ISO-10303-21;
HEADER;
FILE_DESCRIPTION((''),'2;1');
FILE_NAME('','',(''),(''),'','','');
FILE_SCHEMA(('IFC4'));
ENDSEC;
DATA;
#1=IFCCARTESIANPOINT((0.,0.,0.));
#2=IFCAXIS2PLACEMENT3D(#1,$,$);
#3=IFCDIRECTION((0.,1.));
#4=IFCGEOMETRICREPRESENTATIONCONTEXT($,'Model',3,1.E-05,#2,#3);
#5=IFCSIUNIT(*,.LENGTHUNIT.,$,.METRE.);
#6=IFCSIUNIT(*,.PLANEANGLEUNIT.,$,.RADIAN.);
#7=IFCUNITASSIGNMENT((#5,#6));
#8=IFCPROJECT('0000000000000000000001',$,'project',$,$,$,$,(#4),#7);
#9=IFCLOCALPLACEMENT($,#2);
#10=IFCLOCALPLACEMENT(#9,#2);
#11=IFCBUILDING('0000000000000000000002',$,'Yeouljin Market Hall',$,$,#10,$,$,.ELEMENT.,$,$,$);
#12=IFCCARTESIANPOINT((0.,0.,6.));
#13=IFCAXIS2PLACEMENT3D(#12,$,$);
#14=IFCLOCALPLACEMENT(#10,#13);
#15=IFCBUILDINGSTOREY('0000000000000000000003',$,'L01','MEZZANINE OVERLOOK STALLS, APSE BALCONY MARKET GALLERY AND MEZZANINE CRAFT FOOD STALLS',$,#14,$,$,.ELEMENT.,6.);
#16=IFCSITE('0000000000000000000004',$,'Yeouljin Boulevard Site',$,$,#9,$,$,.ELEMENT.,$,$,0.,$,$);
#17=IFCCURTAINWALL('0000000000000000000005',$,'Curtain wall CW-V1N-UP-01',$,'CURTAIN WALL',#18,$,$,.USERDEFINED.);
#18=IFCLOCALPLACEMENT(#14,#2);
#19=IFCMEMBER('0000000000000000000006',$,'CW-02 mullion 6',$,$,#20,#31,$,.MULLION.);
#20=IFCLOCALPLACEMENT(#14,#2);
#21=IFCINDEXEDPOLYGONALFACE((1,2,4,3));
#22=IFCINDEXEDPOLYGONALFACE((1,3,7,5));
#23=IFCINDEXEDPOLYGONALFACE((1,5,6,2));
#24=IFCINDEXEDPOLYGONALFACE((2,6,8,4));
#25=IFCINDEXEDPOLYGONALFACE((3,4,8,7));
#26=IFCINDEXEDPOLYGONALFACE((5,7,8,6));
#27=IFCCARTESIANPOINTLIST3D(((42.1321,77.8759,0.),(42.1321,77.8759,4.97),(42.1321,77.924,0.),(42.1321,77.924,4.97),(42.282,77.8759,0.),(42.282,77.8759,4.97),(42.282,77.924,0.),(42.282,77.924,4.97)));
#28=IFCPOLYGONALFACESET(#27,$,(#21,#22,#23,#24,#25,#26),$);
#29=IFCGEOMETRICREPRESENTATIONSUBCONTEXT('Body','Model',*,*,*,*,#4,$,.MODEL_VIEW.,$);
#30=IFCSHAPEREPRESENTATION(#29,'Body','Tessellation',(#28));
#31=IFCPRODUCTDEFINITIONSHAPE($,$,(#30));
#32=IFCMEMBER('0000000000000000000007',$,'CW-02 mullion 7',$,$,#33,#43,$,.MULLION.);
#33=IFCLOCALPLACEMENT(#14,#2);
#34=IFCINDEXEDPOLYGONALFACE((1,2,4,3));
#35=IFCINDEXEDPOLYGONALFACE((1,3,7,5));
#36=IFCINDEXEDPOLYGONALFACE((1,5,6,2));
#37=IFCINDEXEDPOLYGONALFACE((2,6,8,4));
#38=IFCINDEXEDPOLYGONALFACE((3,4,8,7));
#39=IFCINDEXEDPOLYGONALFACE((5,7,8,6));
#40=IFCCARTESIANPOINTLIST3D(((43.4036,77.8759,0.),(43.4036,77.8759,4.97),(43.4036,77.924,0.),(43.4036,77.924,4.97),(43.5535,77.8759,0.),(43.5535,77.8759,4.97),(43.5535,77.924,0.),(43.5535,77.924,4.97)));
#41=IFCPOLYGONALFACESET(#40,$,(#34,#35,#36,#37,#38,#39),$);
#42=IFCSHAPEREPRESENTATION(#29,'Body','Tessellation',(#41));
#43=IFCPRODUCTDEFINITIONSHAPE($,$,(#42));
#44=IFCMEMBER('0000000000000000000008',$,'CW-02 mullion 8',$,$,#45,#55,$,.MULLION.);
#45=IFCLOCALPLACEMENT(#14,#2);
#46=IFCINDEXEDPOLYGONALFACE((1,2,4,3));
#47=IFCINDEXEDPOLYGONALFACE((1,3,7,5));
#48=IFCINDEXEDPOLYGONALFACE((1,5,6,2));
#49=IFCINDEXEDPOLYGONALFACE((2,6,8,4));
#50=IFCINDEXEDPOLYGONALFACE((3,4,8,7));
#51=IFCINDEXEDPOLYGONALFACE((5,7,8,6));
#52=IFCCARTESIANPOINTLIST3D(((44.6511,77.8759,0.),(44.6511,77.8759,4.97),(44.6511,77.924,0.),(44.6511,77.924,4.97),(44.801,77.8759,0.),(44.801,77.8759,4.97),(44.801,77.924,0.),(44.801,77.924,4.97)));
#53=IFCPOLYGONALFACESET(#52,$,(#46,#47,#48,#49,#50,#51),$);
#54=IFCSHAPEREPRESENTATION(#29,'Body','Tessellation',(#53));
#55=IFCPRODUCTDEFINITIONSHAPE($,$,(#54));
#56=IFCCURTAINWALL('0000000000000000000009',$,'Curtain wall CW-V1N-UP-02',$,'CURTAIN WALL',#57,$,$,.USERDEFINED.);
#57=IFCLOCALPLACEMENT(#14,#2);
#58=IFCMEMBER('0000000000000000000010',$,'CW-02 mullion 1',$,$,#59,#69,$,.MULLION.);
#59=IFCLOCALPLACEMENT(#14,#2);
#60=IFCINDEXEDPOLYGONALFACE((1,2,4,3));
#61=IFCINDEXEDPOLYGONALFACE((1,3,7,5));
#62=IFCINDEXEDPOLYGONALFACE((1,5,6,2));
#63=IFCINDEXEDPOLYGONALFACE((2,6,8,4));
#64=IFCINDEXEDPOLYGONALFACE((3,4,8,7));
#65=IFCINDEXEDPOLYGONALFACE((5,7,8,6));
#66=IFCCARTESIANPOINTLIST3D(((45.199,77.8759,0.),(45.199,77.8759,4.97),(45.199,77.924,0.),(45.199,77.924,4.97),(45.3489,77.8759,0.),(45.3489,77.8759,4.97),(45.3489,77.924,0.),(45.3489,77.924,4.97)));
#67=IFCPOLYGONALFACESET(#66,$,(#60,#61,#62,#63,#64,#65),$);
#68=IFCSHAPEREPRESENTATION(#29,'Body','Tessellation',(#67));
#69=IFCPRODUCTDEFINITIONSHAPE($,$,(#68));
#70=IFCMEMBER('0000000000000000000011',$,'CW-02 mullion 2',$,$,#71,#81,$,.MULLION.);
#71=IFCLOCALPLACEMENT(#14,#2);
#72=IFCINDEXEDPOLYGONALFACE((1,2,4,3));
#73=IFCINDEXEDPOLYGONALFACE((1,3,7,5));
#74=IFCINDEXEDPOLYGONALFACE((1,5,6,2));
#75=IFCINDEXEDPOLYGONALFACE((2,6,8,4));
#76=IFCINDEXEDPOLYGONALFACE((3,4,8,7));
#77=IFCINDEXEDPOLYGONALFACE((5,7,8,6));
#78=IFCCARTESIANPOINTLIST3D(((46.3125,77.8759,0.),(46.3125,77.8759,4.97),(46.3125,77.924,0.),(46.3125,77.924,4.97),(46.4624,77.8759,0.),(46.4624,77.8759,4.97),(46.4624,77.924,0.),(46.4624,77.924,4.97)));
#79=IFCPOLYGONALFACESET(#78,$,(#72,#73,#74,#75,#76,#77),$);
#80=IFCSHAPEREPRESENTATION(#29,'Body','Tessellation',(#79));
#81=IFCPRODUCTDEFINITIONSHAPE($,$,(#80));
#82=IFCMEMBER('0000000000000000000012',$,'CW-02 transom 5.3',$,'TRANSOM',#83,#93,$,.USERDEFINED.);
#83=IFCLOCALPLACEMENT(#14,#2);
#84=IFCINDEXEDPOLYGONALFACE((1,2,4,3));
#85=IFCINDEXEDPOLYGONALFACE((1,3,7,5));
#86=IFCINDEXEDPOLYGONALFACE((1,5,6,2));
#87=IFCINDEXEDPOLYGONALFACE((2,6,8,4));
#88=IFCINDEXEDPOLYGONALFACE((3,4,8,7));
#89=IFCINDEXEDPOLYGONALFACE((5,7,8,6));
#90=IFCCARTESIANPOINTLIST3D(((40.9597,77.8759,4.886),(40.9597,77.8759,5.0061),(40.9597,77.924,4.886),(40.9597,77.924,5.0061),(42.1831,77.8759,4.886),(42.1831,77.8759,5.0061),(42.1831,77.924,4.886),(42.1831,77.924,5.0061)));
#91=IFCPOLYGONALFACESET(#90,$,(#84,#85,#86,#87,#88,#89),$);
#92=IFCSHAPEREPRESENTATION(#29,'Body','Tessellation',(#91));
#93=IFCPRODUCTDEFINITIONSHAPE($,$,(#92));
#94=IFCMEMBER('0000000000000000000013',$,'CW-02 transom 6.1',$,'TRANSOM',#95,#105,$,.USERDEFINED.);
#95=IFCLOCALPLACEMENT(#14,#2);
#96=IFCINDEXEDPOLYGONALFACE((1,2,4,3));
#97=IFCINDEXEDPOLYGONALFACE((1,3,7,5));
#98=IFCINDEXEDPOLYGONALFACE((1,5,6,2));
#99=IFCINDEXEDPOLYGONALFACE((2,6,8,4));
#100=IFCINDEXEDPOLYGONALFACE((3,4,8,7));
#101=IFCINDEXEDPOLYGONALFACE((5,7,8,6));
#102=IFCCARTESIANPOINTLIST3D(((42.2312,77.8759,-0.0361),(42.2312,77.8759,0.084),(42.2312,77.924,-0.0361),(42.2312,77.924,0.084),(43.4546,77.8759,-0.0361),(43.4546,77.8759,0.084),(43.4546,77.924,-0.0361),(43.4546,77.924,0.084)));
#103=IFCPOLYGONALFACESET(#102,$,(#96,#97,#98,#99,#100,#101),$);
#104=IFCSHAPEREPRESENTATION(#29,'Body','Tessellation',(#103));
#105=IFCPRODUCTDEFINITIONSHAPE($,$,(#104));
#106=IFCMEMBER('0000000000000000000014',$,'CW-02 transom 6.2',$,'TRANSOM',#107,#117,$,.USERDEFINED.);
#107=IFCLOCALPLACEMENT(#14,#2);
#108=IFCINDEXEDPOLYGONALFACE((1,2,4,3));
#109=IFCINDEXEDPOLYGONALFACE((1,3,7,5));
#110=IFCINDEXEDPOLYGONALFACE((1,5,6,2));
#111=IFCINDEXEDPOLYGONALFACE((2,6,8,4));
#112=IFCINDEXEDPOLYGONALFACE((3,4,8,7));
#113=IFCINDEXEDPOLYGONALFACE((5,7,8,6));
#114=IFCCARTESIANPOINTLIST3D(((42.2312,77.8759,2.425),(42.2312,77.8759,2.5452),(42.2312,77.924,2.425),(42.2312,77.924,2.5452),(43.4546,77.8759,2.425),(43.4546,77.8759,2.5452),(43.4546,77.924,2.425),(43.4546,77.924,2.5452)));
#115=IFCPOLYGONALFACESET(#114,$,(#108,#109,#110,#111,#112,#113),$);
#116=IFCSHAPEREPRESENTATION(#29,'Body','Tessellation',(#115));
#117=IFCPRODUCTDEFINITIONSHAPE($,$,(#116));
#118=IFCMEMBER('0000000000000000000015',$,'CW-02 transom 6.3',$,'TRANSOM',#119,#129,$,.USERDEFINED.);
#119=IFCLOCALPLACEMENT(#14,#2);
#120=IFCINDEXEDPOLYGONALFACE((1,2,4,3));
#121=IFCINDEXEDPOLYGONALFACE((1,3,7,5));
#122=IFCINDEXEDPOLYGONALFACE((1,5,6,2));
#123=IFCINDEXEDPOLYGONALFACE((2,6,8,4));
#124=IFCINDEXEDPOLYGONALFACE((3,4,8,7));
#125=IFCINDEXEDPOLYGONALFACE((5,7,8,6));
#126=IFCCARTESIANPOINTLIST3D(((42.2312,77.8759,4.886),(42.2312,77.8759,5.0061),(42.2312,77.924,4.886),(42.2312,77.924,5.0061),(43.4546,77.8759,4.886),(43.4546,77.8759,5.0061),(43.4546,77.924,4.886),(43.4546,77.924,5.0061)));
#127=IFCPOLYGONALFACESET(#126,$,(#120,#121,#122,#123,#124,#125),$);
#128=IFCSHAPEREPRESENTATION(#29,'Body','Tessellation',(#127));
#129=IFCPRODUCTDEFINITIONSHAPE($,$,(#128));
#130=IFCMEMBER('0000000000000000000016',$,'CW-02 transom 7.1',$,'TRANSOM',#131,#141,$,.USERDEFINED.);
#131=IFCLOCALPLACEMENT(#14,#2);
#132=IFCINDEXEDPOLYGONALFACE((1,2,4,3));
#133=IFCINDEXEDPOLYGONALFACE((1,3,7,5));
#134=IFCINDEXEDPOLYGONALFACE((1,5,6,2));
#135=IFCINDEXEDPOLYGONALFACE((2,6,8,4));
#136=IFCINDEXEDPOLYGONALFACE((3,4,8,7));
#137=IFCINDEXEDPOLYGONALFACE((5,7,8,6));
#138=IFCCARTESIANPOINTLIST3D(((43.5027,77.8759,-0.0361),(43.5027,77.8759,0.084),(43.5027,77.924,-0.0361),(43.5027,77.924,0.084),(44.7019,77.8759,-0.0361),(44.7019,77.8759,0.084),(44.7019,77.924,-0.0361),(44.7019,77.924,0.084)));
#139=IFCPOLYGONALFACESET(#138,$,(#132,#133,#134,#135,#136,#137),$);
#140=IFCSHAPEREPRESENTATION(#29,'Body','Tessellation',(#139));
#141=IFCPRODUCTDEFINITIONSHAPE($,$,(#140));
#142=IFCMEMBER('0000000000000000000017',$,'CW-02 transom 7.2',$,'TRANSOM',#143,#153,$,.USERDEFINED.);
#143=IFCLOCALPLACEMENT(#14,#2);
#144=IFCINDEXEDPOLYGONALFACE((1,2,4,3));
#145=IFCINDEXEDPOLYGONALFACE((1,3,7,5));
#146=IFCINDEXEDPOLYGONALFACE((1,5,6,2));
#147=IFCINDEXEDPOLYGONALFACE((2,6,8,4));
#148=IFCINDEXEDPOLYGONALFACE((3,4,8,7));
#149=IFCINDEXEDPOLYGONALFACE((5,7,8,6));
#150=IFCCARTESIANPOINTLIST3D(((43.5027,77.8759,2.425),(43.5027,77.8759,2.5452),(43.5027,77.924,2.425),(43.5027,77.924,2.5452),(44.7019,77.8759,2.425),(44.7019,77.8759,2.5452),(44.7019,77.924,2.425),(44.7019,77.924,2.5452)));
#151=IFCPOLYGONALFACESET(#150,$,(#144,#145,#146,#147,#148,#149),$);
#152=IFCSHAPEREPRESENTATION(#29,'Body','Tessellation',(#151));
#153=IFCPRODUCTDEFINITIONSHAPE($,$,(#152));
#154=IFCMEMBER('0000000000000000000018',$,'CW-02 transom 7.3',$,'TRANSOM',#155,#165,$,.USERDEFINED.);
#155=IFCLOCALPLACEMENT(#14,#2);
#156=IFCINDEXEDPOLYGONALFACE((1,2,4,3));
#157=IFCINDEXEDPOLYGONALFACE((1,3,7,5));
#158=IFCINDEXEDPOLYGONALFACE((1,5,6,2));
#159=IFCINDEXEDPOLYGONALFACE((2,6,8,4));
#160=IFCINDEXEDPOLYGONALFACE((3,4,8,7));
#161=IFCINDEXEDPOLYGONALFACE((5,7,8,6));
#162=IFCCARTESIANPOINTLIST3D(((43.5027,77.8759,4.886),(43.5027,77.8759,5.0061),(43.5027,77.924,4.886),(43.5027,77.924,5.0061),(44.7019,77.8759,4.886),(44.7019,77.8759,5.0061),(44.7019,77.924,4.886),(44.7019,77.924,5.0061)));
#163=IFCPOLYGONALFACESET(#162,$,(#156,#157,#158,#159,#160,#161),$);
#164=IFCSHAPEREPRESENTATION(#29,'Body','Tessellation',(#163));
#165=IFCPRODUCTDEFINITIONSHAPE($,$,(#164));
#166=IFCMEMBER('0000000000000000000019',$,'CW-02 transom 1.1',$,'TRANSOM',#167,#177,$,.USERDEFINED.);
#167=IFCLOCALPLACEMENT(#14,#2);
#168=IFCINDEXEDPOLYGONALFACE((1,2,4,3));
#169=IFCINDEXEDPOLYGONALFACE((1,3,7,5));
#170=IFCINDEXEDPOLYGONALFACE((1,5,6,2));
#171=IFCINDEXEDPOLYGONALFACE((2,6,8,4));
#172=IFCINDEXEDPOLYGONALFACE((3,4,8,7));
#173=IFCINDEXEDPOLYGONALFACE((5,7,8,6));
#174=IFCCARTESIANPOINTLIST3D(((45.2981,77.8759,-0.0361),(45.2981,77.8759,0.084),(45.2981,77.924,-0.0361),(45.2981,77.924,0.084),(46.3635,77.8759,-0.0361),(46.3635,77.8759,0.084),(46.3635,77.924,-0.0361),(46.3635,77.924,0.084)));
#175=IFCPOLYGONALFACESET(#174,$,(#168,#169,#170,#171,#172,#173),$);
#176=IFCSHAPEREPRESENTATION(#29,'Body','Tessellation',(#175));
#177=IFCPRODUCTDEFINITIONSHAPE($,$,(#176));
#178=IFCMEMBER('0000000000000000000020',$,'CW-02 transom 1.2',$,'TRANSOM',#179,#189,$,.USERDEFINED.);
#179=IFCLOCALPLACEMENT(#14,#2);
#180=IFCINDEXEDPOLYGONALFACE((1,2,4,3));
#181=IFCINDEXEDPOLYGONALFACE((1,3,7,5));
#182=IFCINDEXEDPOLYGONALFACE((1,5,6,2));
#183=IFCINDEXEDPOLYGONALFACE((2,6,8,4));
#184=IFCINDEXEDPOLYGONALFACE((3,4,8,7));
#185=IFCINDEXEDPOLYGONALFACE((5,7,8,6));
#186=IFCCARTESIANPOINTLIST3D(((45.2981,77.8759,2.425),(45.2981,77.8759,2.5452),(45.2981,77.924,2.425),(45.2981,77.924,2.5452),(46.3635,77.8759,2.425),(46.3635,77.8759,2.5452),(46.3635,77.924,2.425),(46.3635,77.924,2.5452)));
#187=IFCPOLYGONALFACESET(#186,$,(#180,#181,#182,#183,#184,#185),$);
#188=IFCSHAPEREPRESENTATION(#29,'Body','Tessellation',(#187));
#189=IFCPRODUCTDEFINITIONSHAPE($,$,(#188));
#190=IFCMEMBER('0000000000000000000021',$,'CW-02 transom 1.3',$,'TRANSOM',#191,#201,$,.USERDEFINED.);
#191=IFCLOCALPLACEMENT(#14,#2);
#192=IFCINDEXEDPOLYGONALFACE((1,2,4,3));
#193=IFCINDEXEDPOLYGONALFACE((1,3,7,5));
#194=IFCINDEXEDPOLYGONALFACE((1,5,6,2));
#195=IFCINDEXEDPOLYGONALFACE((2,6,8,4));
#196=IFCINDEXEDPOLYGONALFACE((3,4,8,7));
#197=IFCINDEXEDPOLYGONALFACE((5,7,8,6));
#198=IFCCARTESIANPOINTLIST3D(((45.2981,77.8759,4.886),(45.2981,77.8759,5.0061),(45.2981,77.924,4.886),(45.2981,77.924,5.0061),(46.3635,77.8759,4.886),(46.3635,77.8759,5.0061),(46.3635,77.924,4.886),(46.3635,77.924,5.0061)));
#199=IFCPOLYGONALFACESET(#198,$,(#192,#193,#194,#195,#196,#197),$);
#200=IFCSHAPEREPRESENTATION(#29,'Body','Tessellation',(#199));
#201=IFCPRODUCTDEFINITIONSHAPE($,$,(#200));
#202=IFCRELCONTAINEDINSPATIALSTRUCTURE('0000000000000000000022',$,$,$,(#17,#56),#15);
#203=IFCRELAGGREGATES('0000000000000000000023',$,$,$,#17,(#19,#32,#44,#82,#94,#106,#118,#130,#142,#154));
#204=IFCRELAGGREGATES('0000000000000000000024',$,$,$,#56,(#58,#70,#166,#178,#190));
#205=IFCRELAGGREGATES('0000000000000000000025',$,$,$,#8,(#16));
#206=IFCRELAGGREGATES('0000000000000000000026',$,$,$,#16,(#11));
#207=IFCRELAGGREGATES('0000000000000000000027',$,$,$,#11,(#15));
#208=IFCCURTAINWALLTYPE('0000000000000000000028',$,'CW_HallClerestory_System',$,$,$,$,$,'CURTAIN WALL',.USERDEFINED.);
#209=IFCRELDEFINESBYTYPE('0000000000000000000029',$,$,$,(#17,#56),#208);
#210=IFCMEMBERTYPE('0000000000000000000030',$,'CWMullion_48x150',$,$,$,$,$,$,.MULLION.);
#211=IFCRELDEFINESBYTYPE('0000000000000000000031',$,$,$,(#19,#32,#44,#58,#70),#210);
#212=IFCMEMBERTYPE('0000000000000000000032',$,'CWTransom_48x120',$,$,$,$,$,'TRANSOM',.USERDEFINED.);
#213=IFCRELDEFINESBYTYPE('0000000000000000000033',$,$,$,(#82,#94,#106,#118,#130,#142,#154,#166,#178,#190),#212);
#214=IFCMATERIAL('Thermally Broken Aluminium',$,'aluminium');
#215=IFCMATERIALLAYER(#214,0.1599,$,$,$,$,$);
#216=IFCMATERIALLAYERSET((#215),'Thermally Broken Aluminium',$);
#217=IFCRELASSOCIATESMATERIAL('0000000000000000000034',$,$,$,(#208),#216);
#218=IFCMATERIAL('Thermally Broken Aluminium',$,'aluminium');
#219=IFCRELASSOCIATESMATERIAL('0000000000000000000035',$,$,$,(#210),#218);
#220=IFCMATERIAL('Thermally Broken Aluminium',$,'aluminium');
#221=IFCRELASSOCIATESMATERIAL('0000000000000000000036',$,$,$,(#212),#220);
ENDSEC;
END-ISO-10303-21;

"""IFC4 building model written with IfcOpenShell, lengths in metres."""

from ifc_helpers import new_model, si_unit, direction, frame, origin, origin_2d, place, context, subcontext, project, spatial, rectangle, extrude, material, layer, layer_set, material_profile, profile_set, type_object, element, aggregate, save


model = new_model("IFC4")

# Units and contexts
model_context = context("Model", 3, precision=1e-05, world=origin(), true_north=direction((0.0, 1.0)))
body_context = subcontext(model_context, "Body", "Model", "MODEL_VIEW")
ifc_project = project(units=[si_unit("LENGTHUNIT", "METRE"), si_unit("PLANEANGLEUNIT", "RADIAN")], contexts=[model_context])

# Site, building, storey
site_placement = place(None, origin())
site = spatial("IfcSite", under=ifc_project, at=site_placement, Name="Yeouljin Boulevard Site", CompositionType="ELEMENT", RefElevation=0.0)
building_placement = place(site_placement, origin())
building = spatial("IfcBuilding", under=site, at=building_placement, Name="Yeouljin Market Hall", CompositionType="ELEMENT")
storey_placement = place(building_placement, frame((0.0, 0.0, 6.0)))
storey = spatial("IfcBuildingStorey", under=building, at=storey_placement, Name="L01", Description="MEZZANINE OVERLOOK STALLS, APSE BALCONY MARKET GALLERY AND MEZZANINE CRAFT FOOD STALLS", CompositionType="ELEMENT", Elevation=6.0)

# Curtain walls, members
ifc_material_1 = material(Name="Thermally Broken Aluminium", Category="aluminium")
ifc_layer_1 = layer(ifc_material_1, 0.1599)
ifc_layer_set_1 = layer_set([ifc_layer_1], Name="Thermally Broken Aluminium")
curtain_wall_type = type_object("IfcCurtainWallType", Name="CW_HallClerestory_System", ElementType="CURTAIN WALL", PredefinedType="USERDEFINED", material=ifc_layer_set_1)
curtain_wall_1_placement = place(storey_placement, origin())
curtain_wall_1 = element("IfcCurtainWall", 1, at=curtain_wall_1_placement, inside=storey, type_object=curtain_wall_type, Name="Curtain wall CW-V1N-UP-01", ObjectType="CURTAIN WALL", PredefinedType="USERDEFINED")
ifc_material_2 = material(Name="Thermally Broken Aluminium", Category="aluminium")
ifc_material_profile_1 = material_profile(ifc_material_2, rectangle(XDim=0.0481, YDim=0.1499, at=origin_2d()), Name="CW-MULL-48x150")
ifc_profile_set_1 = profile_set([ifc_material_profile_1], Name="Thermally Broken Aluminium")
member_type_1 = type_object("IfcMemberType", Name="CWMullion_48x150", PredefinedType="MULLION", material=ifc_profile_set_1)
member_1_placement = place(storey_placement, frame((42.207, 77.8999, 0.0), z_axis=(0.0, 0.0, 1.0), x_axis=(0.0, 1.0, 0.0)))
member_1 = element("IfcMember", 2, at=member_1_placement, type_object=member_type_1, Name="CW-02 mullion 6", PredefinedType="MULLION", context=body_context, shape_type="SweptSolid", body=[
    extrude(rectangle(XDim=0.0481, YDim=0.1499, at=origin_2d()), origin(), (0.0, 0.0, 1.0), 4.97),
])
member_2_placement = place(storey_placement, frame((43.4785, 77.8999, 0.0), z_axis=(0.0, 0.0, 1.0), x_axis=(0.0, 1.0, 0.0)))
member_2 = element("IfcMember", 3, at=member_2_placement, type_object=member_type_1, Name="CW-02 mullion 7", PredefinedType="MULLION", context=body_context, shape_type="SweptSolid", body=[
    extrude(rectangle(XDim=0.0481, YDim=0.1499, at=origin_2d()), origin(), (0.0, 0.0, 1.0), 4.97),
])
member_3_placement = place(storey_placement, frame((44.7261, 77.8999, 0.0), z_axis=(0.0, 0.0, 1.0), x_axis=(0.0, 1.0, 0.0)))
member_3 = element("IfcMember", 4, at=member_3_placement, type_object=member_type_1, Name="CW-02 mullion 8", PredefinedType="MULLION", context=body_context, shape_type="SweptSolid", body=[
    extrude(rectangle(XDim=0.0481, YDim=0.1499, at=origin_2d()), origin(), (0.0, 0.0, 1.0), 4.97),
])
curtain_wall_2_placement = place(storey_placement, origin())
curtain_wall_2 = element("IfcCurtainWall", 5, at=curtain_wall_2_placement, inside=storey, type_object=curtain_wall_type, Name="Curtain wall CW-V1N-UP-02", ObjectType="CURTAIN WALL", PredefinedType="USERDEFINED")
member_4_placement = place(storey_placement, frame((45.2739, 77.8999, 0.0), z_axis=(0.0, 0.0, 1.0), x_axis=(0.0, 1.0, 0.0)))
member_4 = element("IfcMember", 6, at=member_4_placement, type_object=member_type_1, Name="CW-02 mullion 1", PredefinedType="MULLION", context=body_context, shape_type="SweptSolid", body=[
    extrude(rectangle(XDim=0.0481, YDim=0.1499, at=origin_2d()), origin(), (0.0, 0.0, 1.0), 4.97),
])
member_5_placement = place(storey_placement, frame((46.3875, 77.8999, 0.0), z_axis=(0.0, 0.0, 1.0), x_axis=(0.0, 1.0, 0.0)))
member_5 = element("IfcMember", 7, at=member_5_placement, type_object=member_type_1, Name="CW-02 mullion 2", PredefinedType="MULLION", context=body_context, shape_type="SweptSolid", body=[
    extrude(rectangle(XDim=0.0481, YDim=0.1499, at=origin_2d()), origin(), (0.0, 0.0, 1.0), 4.97),
])

# Members
ifc_material_3 = material(Name="Thermally Broken Aluminium", Category="aluminium")
ifc_material_profile_2 = material_profile(ifc_material_3, rectangle(XDim=0.0481, YDim=0.1201, at=origin_2d()), Name="CW-TRAN-48x120")
ifc_profile_set_2 = profile_set([ifc_material_profile_2], Name="Thermally Broken Aluminium")
member_type_2 = type_object("IfcMemberType", Name="CWTransom_48x120", ElementType="TRANSOM", PredefinedType="USERDEFINED", material=ifc_profile_set_2)
member_6_placement = place(storey_placement, frame((40.9597, 77.8999, 4.946), z_axis=(1.0, 0.0, 0.0), x_axis=(0.0, 1.0, 0.0)))
member_6 = element("IfcMember", 8, at=member_6_placement, type_object=member_type_2, Name="CW-02 transom 5.3", ObjectType="TRANSOM", PredefinedType="USERDEFINED", context=body_context, shape_type="SweptSolid", body=[
    extrude(rectangle(XDim=0.0481, YDim=0.1201, at=origin_2d()), origin(), (0.0, 0.0, 1.0), 1.2234),
])
member_7_placement = place(storey_placement, frame((42.2312, 77.8999, 0.0239), z_axis=(1.0, 0.0, 0.0), x_axis=(0.0, 1.0, 0.0)))
member_7 = element("IfcMember", 9, at=member_7_placement, type_object=member_type_2, Name="CW-02 transom 6.1", ObjectType="TRANSOM", PredefinedType="USERDEFINED", context=body_context, shape_type="SweptSolid", body=[
    extrude(rectangle(XDim=0.0481, YDim=0.1201, at=origin_2d()), origin(), (0.0, 0.0, 1.0), 1.2234),
])
member_8_placement = place(storey_placement, frame((42.2312, 77.8999, 2.4851), z_axis=(1.0, 0.0, 0.0), x_axis=(0.0, 1.0, 0.0)))
member_8 = element("IfcMember", 10, at=member_8_placement, type_object=member_type_2, Name="CW-02 transom 6.2", ObjectType="TRANSOM", PredefinedType="USERDEFINED", context=body_context, shape_type="SweptSolid", body=[
    extrude(rectangle(XDim=0.0481, YDim=0.1201, at=origin_2d()), origin(), (0.0, 0.0, 1.0), 1.2234),
])
member_9_placement = place(storey_placement, frame((42.2312, 77.8999, 4.946), z_axis=(1.0, 0.0, 0.0), x_axis=(0.0, 1.0, 0.0)))
member_9 = element("IfcMember", 11, at=member_9_placement, type_object=member_type_2, Name="CW-02 transom 6.3", ObjectType="TRANSOM", PredefinedType="USERDEFINED", context=body_context, shape_type="SweptSolid", body=[
    extrude(rectangle(XDim=0.0481, YDim=0.1201, at=origin_2d()), origin(), (0.0, 0.0, 1.0), 1.2234),
])
member_10_placement = place(storey_placement, frame((43.5027, 77.8999, 0.0239), z_axis=(1.0, 0.0, 0.0), x_axis=(0.0, 1.0, 0.0)))
member_10 = element("IfcMember", 12, at=member_10_placement, type_object=member_type_2, Name="CW-02 transom 7.1", ObjectType="TRANSOM", PredefinedType="USERDEFINED", context=body_context, shape_type="SweptSolid", body=[
    extrude(rectangle(XDim=0.0481, YDim=0.1201, at=origin_2d()), origin(), (0.0, 0.0, 1.0), 1.1992),
])
member_11_placement = place(storey_placement, frame((43.5027, 77.8999, 2.4851), z_axis=(1.0, 0.0, 0.0), x_axis=(0.0, 1.0, 0.0)))
member_11 = element("IfcMember", 13, at=member_11_placement, type_object=member_type_2, Name="CW-02 transom 7.2", ObjectType="TRANSOM", PredefinedType="USERDEFINED", context=body_context, shape_type="SweptSolid", body=[
    extrude(rectangle(XDim=0.0481, YDim=0.1201, at=origin_2d()), origin(), (0.0, 0.0, 1.0), 1.1992),
])
member_12_placement = place(storey_placement, frame((43.5027, 77.8999, 4.946), z_axis=(1.0, 0.0, 0.0), x_axis=(0.0, 1.0, 0.0)))
member_12 = element("IfcMember", 14, at=member_12_placement, type_object=member_type_2, Name="CW-02 transom 7.3", ObjectType="TRANSOM", PredefinedType="USERDEFINED", context=body_context, shape_type="SweptSolid", body=[
    extrude(rectangle(XDim=0.0481, YDim=0.1201, at=origin_2d()), origin(), (0.0, 0.0, 1.0), 1.1992),
])
member_13_placement = place(storey_placement, frame((45.2981, 77.8999, 0.0239), z_axis=(1.0, 0.0, 0.0), x_axis=(0.0, 1.0, 0.0)))
member_13 = element("IfcMember", 15, at=member_13_placement, type_object=member_type_2, Name="CW-02 transom 1.1", ObjectType="TRANSOM", PredefinedType="USERDEFINED", context=body_context, shape_type="SweptSolid", body=[
    extrude(rectangle(XDim=0.0481, YDim=0.1201, at=origin_2d()), origin(), (0.0, 0.0, 1.0), 1.0654),
])
member_14_placement = place(storey_placement, frame((45.2981, 77.8999, 2.4851), z_axis=(1.0, 0.0, 0.0), x_axis=(0.0, 1.0, 0.0)))
member_14 = element("IfcMember", 16, at=member_14_placement, type_object=member_type_2, Name="CW-02 transom 1.2", ObjectType="TRANSOM", PredefinedType="USERDEFINED", context=body_context, shape_type="SweptSolid", body=[
    extrude(rectangle(XDim=0.0481, YDim=0.1201, at=origin_2d()), origin(), (0.0, 0.0, 1.0), 1.0654),
])
member_15_placement = place(storey_placement, frame((45.2981, 77.8999, 4.946), z_axis=(1.0, 0.0, 0.0), x_axis=(0.0, 1.0, 0.0)))
member_15 = element("IfcMember", 17, at=member_15_placement, type_object=member_type_2, Name="CW-02 transom 1.3", ObjectType="TRANSOM", PredefinedType="USERDEFINED", context=body_context, shape_type="SweptSolid", body=[
    extrude(rectangle(XDim=0.0481, YDim=0.1201, at=origin_2d()), origin(), (0.0, 0.0, 1.0), 1.0654),
])

aggregate(curtain_wall_1, [member_1, member_2, member_3, member_6, member_7, member_8, member_9, member_10, member_11, member_12])
aggregate(curtain_wall_2, [member_4, member_5, member_13, member_14, member_15])

save(model, "model.ifc")
